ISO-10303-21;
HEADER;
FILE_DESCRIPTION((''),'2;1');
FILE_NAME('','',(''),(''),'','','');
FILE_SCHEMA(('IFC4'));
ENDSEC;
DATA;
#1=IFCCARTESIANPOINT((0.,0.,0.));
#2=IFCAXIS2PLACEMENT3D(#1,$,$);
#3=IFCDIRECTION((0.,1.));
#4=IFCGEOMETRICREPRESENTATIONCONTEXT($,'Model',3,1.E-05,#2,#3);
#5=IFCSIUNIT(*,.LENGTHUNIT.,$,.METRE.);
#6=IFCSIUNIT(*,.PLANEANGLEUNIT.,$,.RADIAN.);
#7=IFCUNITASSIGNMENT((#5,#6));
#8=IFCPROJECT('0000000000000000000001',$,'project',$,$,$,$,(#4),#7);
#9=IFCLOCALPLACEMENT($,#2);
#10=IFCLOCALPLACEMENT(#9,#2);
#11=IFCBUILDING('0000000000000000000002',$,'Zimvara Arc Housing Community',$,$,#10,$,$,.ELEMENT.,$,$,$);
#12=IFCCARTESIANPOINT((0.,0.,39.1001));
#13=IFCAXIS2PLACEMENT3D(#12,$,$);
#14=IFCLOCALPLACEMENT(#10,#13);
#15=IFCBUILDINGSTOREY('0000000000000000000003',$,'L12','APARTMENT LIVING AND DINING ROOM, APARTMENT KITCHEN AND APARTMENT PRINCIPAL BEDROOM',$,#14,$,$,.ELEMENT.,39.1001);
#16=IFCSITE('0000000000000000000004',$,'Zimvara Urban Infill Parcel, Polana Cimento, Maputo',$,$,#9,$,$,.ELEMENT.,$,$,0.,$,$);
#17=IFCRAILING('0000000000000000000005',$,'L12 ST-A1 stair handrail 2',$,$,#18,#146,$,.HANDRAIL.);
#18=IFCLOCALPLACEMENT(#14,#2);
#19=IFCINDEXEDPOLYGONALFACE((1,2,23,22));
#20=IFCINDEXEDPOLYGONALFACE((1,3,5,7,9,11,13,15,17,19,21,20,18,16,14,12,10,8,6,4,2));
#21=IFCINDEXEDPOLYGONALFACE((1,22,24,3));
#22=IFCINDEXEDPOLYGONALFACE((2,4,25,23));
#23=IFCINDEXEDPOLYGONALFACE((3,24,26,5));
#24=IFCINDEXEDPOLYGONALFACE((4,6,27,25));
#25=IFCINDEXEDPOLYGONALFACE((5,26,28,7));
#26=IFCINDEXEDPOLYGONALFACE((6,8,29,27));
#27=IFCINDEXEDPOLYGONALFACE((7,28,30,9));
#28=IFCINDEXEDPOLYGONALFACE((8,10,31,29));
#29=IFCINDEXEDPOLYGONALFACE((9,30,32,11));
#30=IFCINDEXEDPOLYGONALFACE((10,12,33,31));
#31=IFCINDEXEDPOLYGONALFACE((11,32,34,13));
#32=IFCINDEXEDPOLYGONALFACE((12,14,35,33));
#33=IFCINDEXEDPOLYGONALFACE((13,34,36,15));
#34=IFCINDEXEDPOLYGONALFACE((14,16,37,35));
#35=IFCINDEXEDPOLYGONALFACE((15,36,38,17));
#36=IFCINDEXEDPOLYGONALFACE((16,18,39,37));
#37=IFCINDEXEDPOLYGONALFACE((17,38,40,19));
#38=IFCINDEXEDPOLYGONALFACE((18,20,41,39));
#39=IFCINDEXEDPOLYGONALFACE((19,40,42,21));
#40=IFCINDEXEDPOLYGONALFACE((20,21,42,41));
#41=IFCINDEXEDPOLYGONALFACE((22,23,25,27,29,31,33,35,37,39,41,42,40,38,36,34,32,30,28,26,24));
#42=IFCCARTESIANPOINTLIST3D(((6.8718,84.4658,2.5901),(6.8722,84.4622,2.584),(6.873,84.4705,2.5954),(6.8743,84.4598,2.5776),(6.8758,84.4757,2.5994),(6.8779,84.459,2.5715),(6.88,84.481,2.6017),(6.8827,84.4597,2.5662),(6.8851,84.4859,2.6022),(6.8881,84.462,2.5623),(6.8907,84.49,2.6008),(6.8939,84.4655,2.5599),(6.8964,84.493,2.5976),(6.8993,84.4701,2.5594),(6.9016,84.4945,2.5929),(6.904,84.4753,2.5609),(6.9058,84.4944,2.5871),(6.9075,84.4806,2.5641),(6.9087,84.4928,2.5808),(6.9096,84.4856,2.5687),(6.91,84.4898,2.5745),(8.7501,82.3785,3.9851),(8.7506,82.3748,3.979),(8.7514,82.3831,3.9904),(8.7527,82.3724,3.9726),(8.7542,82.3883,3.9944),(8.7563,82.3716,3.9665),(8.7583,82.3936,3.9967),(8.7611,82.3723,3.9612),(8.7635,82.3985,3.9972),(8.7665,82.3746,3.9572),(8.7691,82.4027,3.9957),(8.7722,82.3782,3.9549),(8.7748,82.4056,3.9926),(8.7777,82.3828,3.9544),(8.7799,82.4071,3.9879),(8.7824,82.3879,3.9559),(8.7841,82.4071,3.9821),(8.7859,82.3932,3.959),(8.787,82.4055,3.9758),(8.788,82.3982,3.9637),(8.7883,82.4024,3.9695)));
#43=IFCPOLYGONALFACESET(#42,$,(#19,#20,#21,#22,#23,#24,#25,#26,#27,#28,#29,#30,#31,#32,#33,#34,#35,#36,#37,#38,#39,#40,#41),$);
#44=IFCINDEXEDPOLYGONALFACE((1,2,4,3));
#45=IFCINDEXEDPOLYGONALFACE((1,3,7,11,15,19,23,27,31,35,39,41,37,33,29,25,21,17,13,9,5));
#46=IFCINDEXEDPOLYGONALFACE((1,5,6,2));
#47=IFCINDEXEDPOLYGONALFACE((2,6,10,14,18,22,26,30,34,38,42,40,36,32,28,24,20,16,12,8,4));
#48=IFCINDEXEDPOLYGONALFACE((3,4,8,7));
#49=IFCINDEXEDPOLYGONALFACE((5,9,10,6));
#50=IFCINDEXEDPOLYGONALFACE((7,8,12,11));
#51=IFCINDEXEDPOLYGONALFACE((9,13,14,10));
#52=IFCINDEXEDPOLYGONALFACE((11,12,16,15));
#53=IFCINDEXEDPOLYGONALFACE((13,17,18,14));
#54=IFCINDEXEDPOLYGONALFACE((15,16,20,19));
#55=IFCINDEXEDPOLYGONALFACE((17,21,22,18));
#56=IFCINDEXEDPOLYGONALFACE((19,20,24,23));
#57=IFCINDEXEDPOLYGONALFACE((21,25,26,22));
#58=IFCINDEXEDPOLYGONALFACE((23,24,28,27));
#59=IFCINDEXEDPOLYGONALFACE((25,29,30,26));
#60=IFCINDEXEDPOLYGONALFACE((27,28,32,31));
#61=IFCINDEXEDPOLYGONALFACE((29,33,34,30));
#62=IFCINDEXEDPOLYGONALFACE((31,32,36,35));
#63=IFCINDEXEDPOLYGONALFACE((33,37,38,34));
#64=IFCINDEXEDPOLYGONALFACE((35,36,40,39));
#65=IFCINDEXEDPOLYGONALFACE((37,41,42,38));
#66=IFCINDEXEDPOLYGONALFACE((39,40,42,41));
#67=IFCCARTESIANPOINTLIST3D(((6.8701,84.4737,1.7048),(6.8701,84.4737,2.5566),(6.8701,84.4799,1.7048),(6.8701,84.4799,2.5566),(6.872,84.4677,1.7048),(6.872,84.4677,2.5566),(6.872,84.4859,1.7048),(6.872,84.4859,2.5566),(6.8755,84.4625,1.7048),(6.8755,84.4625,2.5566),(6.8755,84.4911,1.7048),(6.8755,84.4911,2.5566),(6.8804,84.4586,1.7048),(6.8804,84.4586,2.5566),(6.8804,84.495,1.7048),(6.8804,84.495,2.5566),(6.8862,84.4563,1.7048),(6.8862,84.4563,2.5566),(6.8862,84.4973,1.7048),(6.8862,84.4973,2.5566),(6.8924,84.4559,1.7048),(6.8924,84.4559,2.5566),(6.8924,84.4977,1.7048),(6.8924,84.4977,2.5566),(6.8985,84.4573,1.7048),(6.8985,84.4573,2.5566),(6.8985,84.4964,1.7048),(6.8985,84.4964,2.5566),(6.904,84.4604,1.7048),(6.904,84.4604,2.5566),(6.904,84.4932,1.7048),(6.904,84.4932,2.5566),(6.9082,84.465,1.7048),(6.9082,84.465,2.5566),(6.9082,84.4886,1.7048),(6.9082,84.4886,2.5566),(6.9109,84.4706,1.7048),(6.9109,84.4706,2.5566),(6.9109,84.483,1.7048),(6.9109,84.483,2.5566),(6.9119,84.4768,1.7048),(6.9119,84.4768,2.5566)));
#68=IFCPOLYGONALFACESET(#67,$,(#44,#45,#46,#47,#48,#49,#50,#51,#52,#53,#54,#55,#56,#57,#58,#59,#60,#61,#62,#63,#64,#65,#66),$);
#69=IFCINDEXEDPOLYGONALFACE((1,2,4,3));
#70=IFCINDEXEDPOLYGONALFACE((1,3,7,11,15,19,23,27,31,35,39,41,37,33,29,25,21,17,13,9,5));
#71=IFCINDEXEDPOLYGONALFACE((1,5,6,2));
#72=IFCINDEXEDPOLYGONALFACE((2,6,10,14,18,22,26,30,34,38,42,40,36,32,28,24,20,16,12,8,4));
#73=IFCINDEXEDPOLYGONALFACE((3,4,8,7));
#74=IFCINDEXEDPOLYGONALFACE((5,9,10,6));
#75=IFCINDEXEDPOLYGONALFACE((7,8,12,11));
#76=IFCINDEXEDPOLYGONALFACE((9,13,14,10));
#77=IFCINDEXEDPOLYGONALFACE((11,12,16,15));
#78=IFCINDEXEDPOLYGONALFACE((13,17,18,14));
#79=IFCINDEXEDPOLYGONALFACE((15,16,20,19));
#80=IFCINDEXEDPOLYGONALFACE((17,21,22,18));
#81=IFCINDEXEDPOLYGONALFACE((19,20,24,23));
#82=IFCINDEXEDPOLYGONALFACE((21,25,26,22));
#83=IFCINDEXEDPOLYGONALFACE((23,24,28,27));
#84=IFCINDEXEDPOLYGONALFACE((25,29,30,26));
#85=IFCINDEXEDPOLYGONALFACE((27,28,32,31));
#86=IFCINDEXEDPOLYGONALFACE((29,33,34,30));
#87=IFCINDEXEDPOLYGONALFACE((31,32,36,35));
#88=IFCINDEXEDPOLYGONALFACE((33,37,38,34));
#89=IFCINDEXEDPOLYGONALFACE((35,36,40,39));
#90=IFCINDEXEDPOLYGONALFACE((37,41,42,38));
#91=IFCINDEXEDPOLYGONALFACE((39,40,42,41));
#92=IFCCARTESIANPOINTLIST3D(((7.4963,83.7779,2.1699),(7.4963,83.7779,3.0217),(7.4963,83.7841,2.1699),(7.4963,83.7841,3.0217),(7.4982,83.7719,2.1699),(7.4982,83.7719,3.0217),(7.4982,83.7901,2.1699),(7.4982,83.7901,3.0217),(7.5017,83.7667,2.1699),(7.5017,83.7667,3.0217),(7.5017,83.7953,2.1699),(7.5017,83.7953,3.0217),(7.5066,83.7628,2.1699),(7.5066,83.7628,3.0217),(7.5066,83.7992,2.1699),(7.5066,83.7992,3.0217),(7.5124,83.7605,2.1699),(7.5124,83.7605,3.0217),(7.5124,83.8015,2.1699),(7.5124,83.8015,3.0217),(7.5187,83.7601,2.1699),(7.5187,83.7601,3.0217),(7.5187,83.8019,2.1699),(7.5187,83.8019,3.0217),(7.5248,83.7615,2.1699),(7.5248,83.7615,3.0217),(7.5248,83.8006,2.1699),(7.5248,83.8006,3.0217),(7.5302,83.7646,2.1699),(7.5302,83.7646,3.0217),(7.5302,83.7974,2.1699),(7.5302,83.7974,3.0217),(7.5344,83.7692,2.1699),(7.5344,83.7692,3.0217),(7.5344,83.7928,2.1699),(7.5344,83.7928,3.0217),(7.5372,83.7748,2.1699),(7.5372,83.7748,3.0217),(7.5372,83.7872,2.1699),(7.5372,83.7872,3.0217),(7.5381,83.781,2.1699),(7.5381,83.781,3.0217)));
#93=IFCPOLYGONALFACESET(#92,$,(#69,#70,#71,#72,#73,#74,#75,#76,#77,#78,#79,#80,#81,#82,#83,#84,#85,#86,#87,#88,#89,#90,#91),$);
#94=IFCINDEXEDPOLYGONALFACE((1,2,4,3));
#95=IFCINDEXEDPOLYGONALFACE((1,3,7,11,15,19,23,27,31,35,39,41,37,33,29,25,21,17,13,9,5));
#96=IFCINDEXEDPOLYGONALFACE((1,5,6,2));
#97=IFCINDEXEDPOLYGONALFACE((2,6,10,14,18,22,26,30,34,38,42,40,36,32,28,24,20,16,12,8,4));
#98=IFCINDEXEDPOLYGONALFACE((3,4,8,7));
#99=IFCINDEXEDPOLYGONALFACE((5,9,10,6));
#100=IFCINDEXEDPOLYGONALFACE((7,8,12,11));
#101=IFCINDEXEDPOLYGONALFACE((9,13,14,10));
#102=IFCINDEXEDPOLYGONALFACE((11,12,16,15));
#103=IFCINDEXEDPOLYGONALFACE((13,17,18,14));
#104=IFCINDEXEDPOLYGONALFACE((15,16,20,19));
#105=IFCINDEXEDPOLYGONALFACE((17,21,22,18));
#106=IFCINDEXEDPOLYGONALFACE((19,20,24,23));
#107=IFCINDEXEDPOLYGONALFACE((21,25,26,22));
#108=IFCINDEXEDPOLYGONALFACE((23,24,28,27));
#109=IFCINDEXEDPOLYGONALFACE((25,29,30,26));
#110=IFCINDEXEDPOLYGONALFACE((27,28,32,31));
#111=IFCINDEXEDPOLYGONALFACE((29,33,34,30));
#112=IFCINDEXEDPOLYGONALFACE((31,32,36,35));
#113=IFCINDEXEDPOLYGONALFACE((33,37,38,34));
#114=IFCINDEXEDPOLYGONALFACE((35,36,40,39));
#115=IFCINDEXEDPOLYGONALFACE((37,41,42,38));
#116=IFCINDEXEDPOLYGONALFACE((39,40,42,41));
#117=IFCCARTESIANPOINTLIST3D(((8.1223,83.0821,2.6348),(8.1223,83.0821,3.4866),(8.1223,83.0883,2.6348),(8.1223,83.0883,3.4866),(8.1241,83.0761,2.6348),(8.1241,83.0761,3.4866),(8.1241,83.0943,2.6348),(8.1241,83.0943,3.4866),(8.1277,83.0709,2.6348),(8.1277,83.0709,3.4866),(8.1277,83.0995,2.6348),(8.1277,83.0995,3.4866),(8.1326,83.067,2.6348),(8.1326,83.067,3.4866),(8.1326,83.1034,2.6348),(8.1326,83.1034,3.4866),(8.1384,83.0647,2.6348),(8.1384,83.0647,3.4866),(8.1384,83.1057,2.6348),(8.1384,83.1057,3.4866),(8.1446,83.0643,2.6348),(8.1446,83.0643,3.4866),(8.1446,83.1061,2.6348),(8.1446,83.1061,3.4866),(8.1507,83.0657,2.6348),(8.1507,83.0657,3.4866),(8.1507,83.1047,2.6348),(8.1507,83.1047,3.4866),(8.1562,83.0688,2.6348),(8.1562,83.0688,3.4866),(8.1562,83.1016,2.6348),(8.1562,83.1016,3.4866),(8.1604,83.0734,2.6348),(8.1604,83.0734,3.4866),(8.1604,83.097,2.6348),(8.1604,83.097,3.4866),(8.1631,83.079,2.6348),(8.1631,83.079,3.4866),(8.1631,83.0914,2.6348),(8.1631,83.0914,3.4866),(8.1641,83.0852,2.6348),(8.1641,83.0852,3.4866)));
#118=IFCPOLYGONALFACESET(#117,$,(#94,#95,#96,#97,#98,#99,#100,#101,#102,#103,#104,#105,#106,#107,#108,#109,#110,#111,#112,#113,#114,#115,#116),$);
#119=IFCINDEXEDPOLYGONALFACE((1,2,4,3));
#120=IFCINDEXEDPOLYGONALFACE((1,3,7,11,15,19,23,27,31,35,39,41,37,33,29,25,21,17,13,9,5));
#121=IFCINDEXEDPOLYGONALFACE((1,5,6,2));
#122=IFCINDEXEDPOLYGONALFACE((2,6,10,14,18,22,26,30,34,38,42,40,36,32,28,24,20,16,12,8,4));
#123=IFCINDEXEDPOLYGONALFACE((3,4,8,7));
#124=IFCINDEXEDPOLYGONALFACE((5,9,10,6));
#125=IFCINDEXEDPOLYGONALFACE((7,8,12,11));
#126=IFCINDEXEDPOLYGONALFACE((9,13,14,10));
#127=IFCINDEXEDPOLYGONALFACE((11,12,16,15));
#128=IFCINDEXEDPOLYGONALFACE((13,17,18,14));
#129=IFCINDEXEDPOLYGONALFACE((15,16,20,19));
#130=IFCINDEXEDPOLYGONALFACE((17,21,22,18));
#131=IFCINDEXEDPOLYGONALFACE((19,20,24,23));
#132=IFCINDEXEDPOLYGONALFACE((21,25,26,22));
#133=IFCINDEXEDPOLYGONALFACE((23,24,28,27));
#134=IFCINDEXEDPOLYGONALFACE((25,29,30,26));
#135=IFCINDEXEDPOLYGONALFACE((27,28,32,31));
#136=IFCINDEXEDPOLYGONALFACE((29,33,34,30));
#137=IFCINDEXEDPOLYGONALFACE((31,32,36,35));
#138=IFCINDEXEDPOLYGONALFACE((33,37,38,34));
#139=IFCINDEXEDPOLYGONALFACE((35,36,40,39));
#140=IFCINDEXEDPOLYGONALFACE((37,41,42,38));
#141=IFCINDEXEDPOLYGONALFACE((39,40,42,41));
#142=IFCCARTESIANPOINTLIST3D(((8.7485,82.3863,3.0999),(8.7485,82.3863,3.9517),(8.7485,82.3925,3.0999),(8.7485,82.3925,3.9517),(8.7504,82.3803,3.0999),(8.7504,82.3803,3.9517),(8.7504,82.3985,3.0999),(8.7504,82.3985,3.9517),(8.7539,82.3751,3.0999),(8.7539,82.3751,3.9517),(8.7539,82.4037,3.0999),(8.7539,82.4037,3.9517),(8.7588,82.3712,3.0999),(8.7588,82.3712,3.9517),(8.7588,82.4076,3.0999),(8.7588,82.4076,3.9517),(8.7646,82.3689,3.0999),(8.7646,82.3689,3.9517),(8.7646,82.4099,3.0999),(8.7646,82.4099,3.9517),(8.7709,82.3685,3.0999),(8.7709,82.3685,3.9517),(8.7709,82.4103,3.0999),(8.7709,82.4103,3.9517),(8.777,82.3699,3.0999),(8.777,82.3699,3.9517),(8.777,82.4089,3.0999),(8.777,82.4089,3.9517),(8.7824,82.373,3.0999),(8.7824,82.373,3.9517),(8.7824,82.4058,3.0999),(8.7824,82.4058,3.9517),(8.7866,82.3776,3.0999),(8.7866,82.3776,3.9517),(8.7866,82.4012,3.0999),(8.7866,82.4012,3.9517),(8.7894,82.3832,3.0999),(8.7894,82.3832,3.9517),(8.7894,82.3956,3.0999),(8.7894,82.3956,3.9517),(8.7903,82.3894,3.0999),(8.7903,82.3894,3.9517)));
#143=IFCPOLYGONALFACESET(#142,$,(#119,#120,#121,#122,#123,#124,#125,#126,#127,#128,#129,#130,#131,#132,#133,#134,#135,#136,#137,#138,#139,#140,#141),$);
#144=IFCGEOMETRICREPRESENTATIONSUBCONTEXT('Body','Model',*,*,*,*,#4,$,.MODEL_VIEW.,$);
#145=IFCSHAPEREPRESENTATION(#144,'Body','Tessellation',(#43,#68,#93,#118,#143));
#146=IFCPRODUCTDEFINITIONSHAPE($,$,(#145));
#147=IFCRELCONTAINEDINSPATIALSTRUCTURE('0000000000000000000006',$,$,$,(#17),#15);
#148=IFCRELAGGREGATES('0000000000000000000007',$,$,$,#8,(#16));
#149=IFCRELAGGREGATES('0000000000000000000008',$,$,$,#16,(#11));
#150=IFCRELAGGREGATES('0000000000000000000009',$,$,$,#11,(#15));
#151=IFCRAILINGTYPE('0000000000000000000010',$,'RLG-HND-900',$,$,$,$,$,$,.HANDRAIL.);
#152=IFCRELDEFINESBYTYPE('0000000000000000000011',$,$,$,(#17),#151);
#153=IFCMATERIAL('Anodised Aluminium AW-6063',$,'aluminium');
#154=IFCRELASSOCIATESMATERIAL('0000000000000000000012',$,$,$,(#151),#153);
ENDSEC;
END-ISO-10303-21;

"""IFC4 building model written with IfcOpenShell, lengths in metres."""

from ifc_helpers import new_model, si_unit, direction, frame, origin, origin_2d, place, context, subcontext, project, spatial, circle, extrude, material, type_object, element, save


model = new_model("IFC4")

# Units and contexts
model_context = context("Model", 3, precision=1e-05, world=origin(), true_north=direction((0.0, 1.0)))
body_context = subcontext(model_context, "Body", "Model", "MODEL_VIEW")
ifc_project = project(units=[si_unit("LENGTHUNIT", "METRE"), si_unit("PLANEANGLEUNIT", "RADIAN")], contexts=[model_context])

# Site, building, storey
site_placement = place(None, origin())
site = spatial("IfcSite", under=ifc_project, at=site_placement, Name="Zimvara Urban Infill Parcel, Polana Cimento, Maputo", CompositionType="ELEMENT", RefElevation=0.0)
building_placement = place(site_placement, origin())
building = spatial("IfcBuilding", under=site, at=building_placement, Name="Zimvara Arc Housing Community", CompositionType="ELEMENT")
storey_placement = place(building_placement, frame((0.0, 0.0, 39.1001)))
storey = spatial("IfcBuildingStorey", under=building, at=storey_placement, Name="L12", Description="APARTMENT LIVING AND DINING ROOM, APARTMENT KITCHEN AND APARTMENT PRINCIPAL BEDROOM", CompositionType="ELEMENT", Elevation=39.1001)

# Railing
ifc_material_1 = material(Name="Anodised Aluminium AW-6063", Category="aluminium")
railing_type = type_object("IfcRailingType", Name="RLG-HND-900", PredefinedType="HANDRAIL", material=ifc_material_1)
railing_placement = place(storey_placement, frame((6.8909, 84.4768, 1.7048)))
element("IfcRailing", 1, at=railing_placement, inside=storey, type_object=railing_type, Name="L12 ST-A1 stair handrail 2", PredefinedType="HANDRAIL", context=body_context, shape_type="SweptSolid", body=[
    extrude(circle(Radius=0.0239, at=origin_2d()), frame((0.0, 0.0, 0.876), z_axis=(0.599068, -0.665718, 0.444902), x_axis=(0.743337, 0.668917, 0.0)), (0.0, 0.0, 1.0), 3.1355),
    extrude(circle(Radius=0.021, at=origin_2d()), origin(), (0.0, 0.0, 1.0), 0.8518),
    extrude(circle(Radius=0.021, at=origin_2d()), frame((0.6262, -0.6958, 0.4651)), (0.0, 0.0, 1.0), 0.8518),
    extrude(circle(Radius=0.021, at=origin_2d()), frame((1.2522, -1.3916, 0.9299)), (0.0, 0.0, 1.0), 0.8518),
    extrude(circle(Radius=0.021, at=origin_2d()), frame((1.8784, -2.0874, 1.395)), (0.0, 0.0, 1.0), 0.8518),
])

save(model, "model.ifc")
